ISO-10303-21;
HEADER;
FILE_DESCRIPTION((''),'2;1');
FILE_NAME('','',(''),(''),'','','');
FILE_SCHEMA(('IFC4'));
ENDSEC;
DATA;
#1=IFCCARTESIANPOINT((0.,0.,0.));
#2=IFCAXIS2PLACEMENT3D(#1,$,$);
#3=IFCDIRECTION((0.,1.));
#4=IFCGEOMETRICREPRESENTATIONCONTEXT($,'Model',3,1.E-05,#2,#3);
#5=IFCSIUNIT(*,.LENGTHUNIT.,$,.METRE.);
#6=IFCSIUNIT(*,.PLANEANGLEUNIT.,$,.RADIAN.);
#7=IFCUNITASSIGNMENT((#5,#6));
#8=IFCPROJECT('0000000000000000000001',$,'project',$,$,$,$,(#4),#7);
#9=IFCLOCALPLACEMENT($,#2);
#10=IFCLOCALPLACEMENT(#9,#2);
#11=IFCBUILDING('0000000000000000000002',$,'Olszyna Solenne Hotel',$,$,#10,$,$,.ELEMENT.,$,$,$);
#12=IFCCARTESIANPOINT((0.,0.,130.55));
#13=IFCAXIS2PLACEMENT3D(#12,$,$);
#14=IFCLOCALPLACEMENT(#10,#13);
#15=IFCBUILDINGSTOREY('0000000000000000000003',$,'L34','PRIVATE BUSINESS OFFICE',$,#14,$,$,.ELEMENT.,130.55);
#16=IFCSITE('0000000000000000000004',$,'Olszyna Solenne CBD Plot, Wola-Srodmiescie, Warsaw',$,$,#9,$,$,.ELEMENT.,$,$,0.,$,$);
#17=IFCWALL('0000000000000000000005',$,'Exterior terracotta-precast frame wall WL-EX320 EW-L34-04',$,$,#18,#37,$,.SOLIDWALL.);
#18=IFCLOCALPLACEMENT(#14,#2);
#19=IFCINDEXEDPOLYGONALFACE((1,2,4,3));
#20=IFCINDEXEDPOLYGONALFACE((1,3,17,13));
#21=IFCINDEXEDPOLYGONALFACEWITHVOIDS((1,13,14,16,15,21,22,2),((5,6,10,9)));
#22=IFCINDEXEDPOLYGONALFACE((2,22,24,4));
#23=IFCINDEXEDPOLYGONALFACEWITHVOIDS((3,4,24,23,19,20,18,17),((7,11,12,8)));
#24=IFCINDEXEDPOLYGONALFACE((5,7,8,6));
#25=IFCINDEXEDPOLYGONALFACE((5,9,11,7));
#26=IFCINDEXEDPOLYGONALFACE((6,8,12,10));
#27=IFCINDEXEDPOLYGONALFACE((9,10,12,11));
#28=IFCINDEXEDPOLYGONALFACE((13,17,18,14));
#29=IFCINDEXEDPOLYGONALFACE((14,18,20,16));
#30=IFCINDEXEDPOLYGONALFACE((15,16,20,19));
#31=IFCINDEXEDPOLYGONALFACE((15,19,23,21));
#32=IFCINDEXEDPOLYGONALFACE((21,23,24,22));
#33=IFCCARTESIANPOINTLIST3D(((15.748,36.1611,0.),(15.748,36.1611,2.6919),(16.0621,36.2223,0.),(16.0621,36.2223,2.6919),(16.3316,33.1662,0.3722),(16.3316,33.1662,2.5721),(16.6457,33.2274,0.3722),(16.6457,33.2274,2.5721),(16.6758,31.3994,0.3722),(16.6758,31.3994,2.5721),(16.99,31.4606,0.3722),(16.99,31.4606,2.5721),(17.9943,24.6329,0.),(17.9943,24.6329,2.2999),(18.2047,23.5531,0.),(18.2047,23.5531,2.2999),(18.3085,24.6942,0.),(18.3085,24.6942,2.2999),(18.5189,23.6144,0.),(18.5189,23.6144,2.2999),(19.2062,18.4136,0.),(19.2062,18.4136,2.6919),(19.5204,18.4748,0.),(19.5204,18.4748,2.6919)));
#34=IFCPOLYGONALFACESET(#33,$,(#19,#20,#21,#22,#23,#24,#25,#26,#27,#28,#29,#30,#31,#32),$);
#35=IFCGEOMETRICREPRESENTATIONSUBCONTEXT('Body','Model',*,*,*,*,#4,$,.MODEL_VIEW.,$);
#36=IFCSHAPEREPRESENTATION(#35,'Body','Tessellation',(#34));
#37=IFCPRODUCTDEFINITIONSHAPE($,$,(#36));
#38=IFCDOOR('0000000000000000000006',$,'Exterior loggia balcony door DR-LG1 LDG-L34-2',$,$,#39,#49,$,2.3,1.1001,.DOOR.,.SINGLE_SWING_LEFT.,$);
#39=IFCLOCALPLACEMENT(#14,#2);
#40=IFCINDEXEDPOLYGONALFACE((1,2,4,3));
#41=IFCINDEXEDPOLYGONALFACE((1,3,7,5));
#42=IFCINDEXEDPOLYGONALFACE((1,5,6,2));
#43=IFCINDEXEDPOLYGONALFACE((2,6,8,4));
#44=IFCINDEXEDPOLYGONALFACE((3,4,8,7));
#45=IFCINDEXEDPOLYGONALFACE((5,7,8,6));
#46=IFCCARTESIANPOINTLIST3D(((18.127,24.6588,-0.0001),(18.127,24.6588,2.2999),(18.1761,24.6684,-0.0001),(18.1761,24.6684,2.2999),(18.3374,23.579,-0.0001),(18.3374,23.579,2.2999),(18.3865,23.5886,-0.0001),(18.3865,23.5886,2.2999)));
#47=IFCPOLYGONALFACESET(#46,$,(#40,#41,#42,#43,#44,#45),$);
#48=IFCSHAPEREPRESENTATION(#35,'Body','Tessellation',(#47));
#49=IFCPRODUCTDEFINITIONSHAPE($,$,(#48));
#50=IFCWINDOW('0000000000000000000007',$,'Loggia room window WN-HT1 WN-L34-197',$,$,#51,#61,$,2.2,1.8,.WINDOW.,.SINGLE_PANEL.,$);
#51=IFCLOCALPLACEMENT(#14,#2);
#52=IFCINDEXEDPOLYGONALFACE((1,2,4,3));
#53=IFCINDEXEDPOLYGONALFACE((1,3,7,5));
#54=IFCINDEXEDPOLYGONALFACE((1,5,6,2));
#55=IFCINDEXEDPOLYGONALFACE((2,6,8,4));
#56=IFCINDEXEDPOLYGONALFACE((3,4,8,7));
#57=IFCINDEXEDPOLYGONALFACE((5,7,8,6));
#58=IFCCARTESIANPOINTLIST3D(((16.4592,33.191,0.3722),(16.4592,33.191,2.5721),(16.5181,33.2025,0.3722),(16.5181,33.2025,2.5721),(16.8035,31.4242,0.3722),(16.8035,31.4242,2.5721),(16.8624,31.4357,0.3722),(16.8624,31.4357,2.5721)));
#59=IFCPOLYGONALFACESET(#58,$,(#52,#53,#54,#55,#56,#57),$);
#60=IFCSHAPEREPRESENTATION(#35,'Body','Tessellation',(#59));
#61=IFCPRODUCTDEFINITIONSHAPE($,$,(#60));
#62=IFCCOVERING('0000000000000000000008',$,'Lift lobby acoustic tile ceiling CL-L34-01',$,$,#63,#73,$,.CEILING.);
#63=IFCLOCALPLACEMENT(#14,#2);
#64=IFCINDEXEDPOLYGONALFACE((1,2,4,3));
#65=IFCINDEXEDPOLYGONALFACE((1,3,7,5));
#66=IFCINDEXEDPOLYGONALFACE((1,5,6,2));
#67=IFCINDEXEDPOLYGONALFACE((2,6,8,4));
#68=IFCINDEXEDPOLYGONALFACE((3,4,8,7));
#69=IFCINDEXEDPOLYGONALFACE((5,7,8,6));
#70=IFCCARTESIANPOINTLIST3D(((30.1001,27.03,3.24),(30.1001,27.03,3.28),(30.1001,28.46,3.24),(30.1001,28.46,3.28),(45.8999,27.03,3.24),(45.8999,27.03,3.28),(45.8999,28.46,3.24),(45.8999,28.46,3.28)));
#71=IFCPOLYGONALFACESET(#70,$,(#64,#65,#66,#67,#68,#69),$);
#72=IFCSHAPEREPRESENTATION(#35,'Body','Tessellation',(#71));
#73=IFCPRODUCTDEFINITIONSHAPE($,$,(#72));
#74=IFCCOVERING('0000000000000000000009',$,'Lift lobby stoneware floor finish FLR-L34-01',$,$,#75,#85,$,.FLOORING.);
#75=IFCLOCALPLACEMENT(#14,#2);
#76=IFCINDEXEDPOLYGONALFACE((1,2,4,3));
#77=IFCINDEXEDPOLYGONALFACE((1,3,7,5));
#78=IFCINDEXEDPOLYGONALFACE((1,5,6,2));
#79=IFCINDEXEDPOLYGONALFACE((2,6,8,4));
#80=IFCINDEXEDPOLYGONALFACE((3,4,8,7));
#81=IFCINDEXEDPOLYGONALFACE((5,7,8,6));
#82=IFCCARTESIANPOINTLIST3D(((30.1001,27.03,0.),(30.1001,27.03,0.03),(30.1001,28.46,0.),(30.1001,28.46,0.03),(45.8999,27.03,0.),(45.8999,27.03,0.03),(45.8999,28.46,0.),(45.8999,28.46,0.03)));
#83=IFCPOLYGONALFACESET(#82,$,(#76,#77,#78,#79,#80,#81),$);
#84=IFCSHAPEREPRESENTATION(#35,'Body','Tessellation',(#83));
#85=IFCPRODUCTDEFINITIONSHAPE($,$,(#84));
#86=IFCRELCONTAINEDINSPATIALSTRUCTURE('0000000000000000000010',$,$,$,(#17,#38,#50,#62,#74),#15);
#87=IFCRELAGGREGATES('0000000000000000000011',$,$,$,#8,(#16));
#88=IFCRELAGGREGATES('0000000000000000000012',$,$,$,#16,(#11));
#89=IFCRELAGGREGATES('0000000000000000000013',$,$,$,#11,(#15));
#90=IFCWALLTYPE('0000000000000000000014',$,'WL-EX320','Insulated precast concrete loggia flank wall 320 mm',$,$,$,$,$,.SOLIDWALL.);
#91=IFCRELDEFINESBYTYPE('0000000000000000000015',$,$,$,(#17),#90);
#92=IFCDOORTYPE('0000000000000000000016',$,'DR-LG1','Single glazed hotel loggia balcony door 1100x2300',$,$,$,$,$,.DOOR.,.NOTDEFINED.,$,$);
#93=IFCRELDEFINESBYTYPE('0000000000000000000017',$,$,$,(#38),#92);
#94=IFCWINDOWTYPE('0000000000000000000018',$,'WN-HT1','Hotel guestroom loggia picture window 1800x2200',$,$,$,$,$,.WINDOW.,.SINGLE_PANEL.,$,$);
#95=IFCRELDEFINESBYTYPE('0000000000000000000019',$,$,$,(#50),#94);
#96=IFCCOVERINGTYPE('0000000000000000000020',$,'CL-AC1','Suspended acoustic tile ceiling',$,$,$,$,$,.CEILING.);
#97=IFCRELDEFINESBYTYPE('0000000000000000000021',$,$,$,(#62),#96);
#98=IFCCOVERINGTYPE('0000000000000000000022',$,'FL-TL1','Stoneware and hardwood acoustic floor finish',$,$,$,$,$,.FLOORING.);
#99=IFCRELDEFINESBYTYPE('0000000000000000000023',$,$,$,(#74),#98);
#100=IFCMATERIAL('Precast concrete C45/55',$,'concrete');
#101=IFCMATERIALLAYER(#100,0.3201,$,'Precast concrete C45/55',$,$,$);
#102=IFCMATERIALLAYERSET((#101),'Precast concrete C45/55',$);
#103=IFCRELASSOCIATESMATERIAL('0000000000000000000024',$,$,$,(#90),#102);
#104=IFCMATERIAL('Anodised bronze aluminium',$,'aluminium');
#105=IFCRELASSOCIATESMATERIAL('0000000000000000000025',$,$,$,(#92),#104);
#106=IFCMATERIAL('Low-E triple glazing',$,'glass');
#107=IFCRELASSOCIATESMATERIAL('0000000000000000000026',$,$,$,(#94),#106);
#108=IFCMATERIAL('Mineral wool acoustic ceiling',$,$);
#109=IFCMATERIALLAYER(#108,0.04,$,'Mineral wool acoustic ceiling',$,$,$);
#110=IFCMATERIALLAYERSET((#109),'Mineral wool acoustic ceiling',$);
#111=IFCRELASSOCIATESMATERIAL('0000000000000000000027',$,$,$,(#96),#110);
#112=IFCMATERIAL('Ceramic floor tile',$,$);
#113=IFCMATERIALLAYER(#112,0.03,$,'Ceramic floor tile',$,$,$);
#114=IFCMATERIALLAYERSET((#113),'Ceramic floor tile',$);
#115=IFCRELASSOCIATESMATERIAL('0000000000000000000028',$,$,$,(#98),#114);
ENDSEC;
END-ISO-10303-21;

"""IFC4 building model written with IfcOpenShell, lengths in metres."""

from ifc_helpers import new_model, si_unit, direction, frame, frame_2d, origin, place, context, subcontext, project, spatial, polyline, rectangle, outline, extrude, source, transform, mapped, material, layer, layer_set, type_object, type_shapes, element, fill, save


model = new_model("IFC4")

# Units and contexts
model_context = context("Model", 3, precision=1e-05, world=origin(), true_north=direction((0.0, 1.0)))
body_context = subcontext(model_context, "Body", "Model", "MODEL_VIEW")
ifc_project = project(units=[si_unit("LENGTHUNIT", "METRE"), si_unit("PLANEANGLEUNIT", "RADIAN")], contexts=[model_context])

# Site, building, storey
site_placement = place(None, origin())
site = spatial("IfcSite", under=ifc_project, at=site_placement, Name="Olszyna Solenne CBD Plot, Wola-Srodmiescie, Warsaw", CompositionType="ELEMENT", RefElevation=0.0)
building_placement = place(site_placement, origin())
building = spatial("IfcBuilding", under=site, at=building_placement, Name="Olszyna Solenne Hotel", CompositionType="ELEMENT")
storey_placement = place(building_placement, frame((0.0, 0.0, 130.55)))
storey = spatial("IfcBuildingStorey", under=building, at=storey_placement, Name="L34", Description="PRIVATE BUSINESS OFFICE", CompositionType="ELEMENT", Elevation=130.55)

# Shared definitions
ifc_material_1 = material(Name="Anodised bronze aluminium", Category="aluminium")

# Shared definitions
ifc_material_2 = material(Name="Precast concrete C45/55", Category="concrete")

# Shared definitions
ifc_material_3 = material(Name="Low-E triple glazing", Category="glass")

# Wall, openings, door, window
ifc_layer_1 = layer(ifc_material_2, 0.3201, Name="Precast concrete C45/55")
ifc_layer_set_1 = layer_set([ifc_layer_1], Name="Precast concrete C45/55")
wall_type = type_object("IfcWallType", Name="WL-EX320", Description="Insulated precast concrete loggia flank wall 320 mm", PredefinedType="SOLIDWALL", material=ifc_layer_set_1)
wall_placement = place(storey_placement, frame((19.3633, 18.4443, 0.0), z_axis=(0.0, 0.0, 1.0), x_axis=(-0.191261, 0.981539, 0.0)))
wall = element("IfcWall", 1, at=wall_placement, inside=storey, type_object=wall_type, Name="Exterior terracotta-precast frame wall WL-EX320 EW-L34-04", PredefinedType="SOLIDWALL", context=body_context, shape_type="SweptSolid", body=[
    extrude(rectangle(XDim=18.0813, YDim=0.3201, at=frame_2d((9.0405, 0.0))), origin(), (0.0, 0.0, 1.0), 2.6919),
])
opening_1_placement = place(wall_placement, frame((5.2361, 0.0, 0.0)))
opening_1 = element("IfcOpeningElement", 2, at=opening_1_placement, cuts=wall, PredefinedType="OPENING", context=body_context, shape_type="SweptSolid", body=[
    extrude(rectangle(XDim=1.1001, YDim=2.3, at=frame_2d((0.55, 1.1499))), frame((0.0, 0.1699, 0.0), z_axis=(0.0, -1.0, 0.0), x_axis=(1.0, 0.0, 0.0)), (0.0, 0.0, 1.0), 0.3401),
])
opening_2_placement = place(wall_placement, frame((13.23, 0.0, 0.3721)))
opening_2 = element("IfcOpeningElement", 3, at=opening_2_placement, cuts=wall, PredefinedType="OPENING", context=body_context, shape_type="SweptSolid", body=[
    extrude(rectangle(XDim=1.8, YDim=2.2, at=frame_2d((0.8999, 1.1001))), frame((0.0, 0.1699, 0.0), z_axis=(0.0, -1.0, 0.0), x_axis=(1.0, 0.0, 0.0)), (0.0, 0.0, 1.0), 0.3401),
])
door_type = type_object("IfcDoorType", Name="DR-LG1", Description="Single glazed hotel loggia balcony door 1100x2300", OperationType="NOTDEFINED", PredefinedType="DOOR", material=ifc_material_1)
shared_shape_1 = source(origin(), body_context, "Body", "SweptSolid", [
    extrude(rectangle(XDim=1.1001, YDim=2.3, at=frame_2d((0.55, 1.1499))), frame((0.0, 0.0249, 0.0), z_axis=(0.0, -1.0, 0.0), x_axis=(1.0, 0.0, 0.0)), (0.0, 0.0, 1.0), 0.05),
])
type_shapes(door_type, [shared_shape_1])
door_placement = place(opening_1_placement, origin())
door = element("IfcDoor", 4, at=door_placement, inside=storey, type_object=door_type, Name="Exterior loggia balcony door DR-LG1 LDG-L34-2", OperationType="SINGLE_SWING_LEFT", OverallHeight=2.3, OverallWidth=1.1001, PredefinedType="DOOR", context=body_context, shape_type="MappedRepresentation", body=[
    mapped(shared_shape_1, transform((0.0, 0.0, 0.0), x_axis=(1.0, 0.0, 0.0), y_axis=(0.0, 1.0, 0.0), z_axis=(0.0, 0.0, 1.0), scale=1.0)),
])
fill(opening_1, door)
window_type = type_object("IfcWindowType", Name="WN-HT1", Description="Hotel guestroom loggia picture window 1800x2200", PartitioningType="SINGLE_PANEL", PredefinedType="WINDOW", material=ifc_material_3)
shared_shape_2 = source(origin(), body_context, "Body", "SweptSolid", [
    extrude(rectangle(XDim=1.8, YDim=2.2, at=frame_2d((0.8999, 1.1001))), frame((0.0, 0.03, 0.0), z_axis=(0.0, -1.0, 0.0), x_axis=(1.0, 0.0, 0.0)), (0.0, 0.0, 1.0), 0.0601),
])
type_shapes(window_type, [shared_shape_2])
window_placement = place(opening_2_placement, origin())
window = element("IfcWindow", 5, at=window_placement, inside=storey, type_object=window_type, Name="Loggia room window WN-HT1 WN-L34-197", OverallHeight=2.2, OverallWidth=1.8, PartitioningType="SINGLE_PANEL", PredefinedType="WINDOW", context=body_context, shape_type="MappedRepresentation", body=[
    mapped(shared_shape_2, transform((0.0, 0.0, 0.0), x_axis=(1.0, 0.0, 0.0), y_axis=(0.0, 1.0, 0.0), z_axis=(0.0, 0.0, 1.0), scale=1.0)),
])
fill(opening_2, window)

# Coverings
ifc_material_4 = material(Name="Mineral wool acoustic ceiling")
ifc_layer_2 = layer(ifc_material_4, 0.04, Name="Mineral wool acoustic ceiling")
ifc_layer_set_2 = layer_set([ifc_layer_2], Name="Mineral wool acoustic ceiling")
covering_type_1 = type_object("IfcCoveringType", Name="CL-AC1", Description="Suspended acoustic tile ceiling", PredefinedType="CEILING", material=ifc_layer_set_2)
covering_1_placement = place(storey_placement, frame((0.0, 0.0, 3.24)))
element("IfcCovering", 6, at=covering_1_placement, inside=storey, type_object=covering_type_1, Name="Lift lobby acoustic tile ceiling CL-L34-01", PredefinedType="CEILING", context=body_context, shape_type="SweptSolid", body=[
    extrude(outline(polyline([(30.1001, 27.03), (45.8999, 27.03), (45.8999, 28.46), (30.1001, 28.46), (30.1001, 27.03)])), origin(), (0.0, 0.0, 1.0), 0.04),
])
ifc_material_5 = material(Name="Ceramic floor tile")
ifc_layer_3 = layer(ifc_material_5, 0.03, Name="Ceramic floor tile")
ifc_layer_set_3 = layer_set([ifc_layer_3], Name="Ceramic floor tile")
covering_type_2 = type_object("IfcCoveringType", Name="FL-TL1", Description="Stoneware and hardwood acoustic floor finish", PredefinedType="FLOORING", material=ifc_layer_set_3)
covering_2_placement = place(storey_placement, origin())
element("IfcCovering", 7, at=covering_2_placement, inside=storey, type_object=covering_type_2, Name="Lift lobby stoneware floor finish FLR-L34-01", PredefinedType="FLOORING", context=body_context, shape_type="SweptSolid", body=[
    extrude(outline(polyline([(30.1001, 27.03), (45.8999, 27.03), (45.8999, 28.46), (30.1001, 28.46), (30.1001, 27.03)])), origin(), (0.0, 0.0, 1.0), 0.03),
])

save(model, "model.ifc")
